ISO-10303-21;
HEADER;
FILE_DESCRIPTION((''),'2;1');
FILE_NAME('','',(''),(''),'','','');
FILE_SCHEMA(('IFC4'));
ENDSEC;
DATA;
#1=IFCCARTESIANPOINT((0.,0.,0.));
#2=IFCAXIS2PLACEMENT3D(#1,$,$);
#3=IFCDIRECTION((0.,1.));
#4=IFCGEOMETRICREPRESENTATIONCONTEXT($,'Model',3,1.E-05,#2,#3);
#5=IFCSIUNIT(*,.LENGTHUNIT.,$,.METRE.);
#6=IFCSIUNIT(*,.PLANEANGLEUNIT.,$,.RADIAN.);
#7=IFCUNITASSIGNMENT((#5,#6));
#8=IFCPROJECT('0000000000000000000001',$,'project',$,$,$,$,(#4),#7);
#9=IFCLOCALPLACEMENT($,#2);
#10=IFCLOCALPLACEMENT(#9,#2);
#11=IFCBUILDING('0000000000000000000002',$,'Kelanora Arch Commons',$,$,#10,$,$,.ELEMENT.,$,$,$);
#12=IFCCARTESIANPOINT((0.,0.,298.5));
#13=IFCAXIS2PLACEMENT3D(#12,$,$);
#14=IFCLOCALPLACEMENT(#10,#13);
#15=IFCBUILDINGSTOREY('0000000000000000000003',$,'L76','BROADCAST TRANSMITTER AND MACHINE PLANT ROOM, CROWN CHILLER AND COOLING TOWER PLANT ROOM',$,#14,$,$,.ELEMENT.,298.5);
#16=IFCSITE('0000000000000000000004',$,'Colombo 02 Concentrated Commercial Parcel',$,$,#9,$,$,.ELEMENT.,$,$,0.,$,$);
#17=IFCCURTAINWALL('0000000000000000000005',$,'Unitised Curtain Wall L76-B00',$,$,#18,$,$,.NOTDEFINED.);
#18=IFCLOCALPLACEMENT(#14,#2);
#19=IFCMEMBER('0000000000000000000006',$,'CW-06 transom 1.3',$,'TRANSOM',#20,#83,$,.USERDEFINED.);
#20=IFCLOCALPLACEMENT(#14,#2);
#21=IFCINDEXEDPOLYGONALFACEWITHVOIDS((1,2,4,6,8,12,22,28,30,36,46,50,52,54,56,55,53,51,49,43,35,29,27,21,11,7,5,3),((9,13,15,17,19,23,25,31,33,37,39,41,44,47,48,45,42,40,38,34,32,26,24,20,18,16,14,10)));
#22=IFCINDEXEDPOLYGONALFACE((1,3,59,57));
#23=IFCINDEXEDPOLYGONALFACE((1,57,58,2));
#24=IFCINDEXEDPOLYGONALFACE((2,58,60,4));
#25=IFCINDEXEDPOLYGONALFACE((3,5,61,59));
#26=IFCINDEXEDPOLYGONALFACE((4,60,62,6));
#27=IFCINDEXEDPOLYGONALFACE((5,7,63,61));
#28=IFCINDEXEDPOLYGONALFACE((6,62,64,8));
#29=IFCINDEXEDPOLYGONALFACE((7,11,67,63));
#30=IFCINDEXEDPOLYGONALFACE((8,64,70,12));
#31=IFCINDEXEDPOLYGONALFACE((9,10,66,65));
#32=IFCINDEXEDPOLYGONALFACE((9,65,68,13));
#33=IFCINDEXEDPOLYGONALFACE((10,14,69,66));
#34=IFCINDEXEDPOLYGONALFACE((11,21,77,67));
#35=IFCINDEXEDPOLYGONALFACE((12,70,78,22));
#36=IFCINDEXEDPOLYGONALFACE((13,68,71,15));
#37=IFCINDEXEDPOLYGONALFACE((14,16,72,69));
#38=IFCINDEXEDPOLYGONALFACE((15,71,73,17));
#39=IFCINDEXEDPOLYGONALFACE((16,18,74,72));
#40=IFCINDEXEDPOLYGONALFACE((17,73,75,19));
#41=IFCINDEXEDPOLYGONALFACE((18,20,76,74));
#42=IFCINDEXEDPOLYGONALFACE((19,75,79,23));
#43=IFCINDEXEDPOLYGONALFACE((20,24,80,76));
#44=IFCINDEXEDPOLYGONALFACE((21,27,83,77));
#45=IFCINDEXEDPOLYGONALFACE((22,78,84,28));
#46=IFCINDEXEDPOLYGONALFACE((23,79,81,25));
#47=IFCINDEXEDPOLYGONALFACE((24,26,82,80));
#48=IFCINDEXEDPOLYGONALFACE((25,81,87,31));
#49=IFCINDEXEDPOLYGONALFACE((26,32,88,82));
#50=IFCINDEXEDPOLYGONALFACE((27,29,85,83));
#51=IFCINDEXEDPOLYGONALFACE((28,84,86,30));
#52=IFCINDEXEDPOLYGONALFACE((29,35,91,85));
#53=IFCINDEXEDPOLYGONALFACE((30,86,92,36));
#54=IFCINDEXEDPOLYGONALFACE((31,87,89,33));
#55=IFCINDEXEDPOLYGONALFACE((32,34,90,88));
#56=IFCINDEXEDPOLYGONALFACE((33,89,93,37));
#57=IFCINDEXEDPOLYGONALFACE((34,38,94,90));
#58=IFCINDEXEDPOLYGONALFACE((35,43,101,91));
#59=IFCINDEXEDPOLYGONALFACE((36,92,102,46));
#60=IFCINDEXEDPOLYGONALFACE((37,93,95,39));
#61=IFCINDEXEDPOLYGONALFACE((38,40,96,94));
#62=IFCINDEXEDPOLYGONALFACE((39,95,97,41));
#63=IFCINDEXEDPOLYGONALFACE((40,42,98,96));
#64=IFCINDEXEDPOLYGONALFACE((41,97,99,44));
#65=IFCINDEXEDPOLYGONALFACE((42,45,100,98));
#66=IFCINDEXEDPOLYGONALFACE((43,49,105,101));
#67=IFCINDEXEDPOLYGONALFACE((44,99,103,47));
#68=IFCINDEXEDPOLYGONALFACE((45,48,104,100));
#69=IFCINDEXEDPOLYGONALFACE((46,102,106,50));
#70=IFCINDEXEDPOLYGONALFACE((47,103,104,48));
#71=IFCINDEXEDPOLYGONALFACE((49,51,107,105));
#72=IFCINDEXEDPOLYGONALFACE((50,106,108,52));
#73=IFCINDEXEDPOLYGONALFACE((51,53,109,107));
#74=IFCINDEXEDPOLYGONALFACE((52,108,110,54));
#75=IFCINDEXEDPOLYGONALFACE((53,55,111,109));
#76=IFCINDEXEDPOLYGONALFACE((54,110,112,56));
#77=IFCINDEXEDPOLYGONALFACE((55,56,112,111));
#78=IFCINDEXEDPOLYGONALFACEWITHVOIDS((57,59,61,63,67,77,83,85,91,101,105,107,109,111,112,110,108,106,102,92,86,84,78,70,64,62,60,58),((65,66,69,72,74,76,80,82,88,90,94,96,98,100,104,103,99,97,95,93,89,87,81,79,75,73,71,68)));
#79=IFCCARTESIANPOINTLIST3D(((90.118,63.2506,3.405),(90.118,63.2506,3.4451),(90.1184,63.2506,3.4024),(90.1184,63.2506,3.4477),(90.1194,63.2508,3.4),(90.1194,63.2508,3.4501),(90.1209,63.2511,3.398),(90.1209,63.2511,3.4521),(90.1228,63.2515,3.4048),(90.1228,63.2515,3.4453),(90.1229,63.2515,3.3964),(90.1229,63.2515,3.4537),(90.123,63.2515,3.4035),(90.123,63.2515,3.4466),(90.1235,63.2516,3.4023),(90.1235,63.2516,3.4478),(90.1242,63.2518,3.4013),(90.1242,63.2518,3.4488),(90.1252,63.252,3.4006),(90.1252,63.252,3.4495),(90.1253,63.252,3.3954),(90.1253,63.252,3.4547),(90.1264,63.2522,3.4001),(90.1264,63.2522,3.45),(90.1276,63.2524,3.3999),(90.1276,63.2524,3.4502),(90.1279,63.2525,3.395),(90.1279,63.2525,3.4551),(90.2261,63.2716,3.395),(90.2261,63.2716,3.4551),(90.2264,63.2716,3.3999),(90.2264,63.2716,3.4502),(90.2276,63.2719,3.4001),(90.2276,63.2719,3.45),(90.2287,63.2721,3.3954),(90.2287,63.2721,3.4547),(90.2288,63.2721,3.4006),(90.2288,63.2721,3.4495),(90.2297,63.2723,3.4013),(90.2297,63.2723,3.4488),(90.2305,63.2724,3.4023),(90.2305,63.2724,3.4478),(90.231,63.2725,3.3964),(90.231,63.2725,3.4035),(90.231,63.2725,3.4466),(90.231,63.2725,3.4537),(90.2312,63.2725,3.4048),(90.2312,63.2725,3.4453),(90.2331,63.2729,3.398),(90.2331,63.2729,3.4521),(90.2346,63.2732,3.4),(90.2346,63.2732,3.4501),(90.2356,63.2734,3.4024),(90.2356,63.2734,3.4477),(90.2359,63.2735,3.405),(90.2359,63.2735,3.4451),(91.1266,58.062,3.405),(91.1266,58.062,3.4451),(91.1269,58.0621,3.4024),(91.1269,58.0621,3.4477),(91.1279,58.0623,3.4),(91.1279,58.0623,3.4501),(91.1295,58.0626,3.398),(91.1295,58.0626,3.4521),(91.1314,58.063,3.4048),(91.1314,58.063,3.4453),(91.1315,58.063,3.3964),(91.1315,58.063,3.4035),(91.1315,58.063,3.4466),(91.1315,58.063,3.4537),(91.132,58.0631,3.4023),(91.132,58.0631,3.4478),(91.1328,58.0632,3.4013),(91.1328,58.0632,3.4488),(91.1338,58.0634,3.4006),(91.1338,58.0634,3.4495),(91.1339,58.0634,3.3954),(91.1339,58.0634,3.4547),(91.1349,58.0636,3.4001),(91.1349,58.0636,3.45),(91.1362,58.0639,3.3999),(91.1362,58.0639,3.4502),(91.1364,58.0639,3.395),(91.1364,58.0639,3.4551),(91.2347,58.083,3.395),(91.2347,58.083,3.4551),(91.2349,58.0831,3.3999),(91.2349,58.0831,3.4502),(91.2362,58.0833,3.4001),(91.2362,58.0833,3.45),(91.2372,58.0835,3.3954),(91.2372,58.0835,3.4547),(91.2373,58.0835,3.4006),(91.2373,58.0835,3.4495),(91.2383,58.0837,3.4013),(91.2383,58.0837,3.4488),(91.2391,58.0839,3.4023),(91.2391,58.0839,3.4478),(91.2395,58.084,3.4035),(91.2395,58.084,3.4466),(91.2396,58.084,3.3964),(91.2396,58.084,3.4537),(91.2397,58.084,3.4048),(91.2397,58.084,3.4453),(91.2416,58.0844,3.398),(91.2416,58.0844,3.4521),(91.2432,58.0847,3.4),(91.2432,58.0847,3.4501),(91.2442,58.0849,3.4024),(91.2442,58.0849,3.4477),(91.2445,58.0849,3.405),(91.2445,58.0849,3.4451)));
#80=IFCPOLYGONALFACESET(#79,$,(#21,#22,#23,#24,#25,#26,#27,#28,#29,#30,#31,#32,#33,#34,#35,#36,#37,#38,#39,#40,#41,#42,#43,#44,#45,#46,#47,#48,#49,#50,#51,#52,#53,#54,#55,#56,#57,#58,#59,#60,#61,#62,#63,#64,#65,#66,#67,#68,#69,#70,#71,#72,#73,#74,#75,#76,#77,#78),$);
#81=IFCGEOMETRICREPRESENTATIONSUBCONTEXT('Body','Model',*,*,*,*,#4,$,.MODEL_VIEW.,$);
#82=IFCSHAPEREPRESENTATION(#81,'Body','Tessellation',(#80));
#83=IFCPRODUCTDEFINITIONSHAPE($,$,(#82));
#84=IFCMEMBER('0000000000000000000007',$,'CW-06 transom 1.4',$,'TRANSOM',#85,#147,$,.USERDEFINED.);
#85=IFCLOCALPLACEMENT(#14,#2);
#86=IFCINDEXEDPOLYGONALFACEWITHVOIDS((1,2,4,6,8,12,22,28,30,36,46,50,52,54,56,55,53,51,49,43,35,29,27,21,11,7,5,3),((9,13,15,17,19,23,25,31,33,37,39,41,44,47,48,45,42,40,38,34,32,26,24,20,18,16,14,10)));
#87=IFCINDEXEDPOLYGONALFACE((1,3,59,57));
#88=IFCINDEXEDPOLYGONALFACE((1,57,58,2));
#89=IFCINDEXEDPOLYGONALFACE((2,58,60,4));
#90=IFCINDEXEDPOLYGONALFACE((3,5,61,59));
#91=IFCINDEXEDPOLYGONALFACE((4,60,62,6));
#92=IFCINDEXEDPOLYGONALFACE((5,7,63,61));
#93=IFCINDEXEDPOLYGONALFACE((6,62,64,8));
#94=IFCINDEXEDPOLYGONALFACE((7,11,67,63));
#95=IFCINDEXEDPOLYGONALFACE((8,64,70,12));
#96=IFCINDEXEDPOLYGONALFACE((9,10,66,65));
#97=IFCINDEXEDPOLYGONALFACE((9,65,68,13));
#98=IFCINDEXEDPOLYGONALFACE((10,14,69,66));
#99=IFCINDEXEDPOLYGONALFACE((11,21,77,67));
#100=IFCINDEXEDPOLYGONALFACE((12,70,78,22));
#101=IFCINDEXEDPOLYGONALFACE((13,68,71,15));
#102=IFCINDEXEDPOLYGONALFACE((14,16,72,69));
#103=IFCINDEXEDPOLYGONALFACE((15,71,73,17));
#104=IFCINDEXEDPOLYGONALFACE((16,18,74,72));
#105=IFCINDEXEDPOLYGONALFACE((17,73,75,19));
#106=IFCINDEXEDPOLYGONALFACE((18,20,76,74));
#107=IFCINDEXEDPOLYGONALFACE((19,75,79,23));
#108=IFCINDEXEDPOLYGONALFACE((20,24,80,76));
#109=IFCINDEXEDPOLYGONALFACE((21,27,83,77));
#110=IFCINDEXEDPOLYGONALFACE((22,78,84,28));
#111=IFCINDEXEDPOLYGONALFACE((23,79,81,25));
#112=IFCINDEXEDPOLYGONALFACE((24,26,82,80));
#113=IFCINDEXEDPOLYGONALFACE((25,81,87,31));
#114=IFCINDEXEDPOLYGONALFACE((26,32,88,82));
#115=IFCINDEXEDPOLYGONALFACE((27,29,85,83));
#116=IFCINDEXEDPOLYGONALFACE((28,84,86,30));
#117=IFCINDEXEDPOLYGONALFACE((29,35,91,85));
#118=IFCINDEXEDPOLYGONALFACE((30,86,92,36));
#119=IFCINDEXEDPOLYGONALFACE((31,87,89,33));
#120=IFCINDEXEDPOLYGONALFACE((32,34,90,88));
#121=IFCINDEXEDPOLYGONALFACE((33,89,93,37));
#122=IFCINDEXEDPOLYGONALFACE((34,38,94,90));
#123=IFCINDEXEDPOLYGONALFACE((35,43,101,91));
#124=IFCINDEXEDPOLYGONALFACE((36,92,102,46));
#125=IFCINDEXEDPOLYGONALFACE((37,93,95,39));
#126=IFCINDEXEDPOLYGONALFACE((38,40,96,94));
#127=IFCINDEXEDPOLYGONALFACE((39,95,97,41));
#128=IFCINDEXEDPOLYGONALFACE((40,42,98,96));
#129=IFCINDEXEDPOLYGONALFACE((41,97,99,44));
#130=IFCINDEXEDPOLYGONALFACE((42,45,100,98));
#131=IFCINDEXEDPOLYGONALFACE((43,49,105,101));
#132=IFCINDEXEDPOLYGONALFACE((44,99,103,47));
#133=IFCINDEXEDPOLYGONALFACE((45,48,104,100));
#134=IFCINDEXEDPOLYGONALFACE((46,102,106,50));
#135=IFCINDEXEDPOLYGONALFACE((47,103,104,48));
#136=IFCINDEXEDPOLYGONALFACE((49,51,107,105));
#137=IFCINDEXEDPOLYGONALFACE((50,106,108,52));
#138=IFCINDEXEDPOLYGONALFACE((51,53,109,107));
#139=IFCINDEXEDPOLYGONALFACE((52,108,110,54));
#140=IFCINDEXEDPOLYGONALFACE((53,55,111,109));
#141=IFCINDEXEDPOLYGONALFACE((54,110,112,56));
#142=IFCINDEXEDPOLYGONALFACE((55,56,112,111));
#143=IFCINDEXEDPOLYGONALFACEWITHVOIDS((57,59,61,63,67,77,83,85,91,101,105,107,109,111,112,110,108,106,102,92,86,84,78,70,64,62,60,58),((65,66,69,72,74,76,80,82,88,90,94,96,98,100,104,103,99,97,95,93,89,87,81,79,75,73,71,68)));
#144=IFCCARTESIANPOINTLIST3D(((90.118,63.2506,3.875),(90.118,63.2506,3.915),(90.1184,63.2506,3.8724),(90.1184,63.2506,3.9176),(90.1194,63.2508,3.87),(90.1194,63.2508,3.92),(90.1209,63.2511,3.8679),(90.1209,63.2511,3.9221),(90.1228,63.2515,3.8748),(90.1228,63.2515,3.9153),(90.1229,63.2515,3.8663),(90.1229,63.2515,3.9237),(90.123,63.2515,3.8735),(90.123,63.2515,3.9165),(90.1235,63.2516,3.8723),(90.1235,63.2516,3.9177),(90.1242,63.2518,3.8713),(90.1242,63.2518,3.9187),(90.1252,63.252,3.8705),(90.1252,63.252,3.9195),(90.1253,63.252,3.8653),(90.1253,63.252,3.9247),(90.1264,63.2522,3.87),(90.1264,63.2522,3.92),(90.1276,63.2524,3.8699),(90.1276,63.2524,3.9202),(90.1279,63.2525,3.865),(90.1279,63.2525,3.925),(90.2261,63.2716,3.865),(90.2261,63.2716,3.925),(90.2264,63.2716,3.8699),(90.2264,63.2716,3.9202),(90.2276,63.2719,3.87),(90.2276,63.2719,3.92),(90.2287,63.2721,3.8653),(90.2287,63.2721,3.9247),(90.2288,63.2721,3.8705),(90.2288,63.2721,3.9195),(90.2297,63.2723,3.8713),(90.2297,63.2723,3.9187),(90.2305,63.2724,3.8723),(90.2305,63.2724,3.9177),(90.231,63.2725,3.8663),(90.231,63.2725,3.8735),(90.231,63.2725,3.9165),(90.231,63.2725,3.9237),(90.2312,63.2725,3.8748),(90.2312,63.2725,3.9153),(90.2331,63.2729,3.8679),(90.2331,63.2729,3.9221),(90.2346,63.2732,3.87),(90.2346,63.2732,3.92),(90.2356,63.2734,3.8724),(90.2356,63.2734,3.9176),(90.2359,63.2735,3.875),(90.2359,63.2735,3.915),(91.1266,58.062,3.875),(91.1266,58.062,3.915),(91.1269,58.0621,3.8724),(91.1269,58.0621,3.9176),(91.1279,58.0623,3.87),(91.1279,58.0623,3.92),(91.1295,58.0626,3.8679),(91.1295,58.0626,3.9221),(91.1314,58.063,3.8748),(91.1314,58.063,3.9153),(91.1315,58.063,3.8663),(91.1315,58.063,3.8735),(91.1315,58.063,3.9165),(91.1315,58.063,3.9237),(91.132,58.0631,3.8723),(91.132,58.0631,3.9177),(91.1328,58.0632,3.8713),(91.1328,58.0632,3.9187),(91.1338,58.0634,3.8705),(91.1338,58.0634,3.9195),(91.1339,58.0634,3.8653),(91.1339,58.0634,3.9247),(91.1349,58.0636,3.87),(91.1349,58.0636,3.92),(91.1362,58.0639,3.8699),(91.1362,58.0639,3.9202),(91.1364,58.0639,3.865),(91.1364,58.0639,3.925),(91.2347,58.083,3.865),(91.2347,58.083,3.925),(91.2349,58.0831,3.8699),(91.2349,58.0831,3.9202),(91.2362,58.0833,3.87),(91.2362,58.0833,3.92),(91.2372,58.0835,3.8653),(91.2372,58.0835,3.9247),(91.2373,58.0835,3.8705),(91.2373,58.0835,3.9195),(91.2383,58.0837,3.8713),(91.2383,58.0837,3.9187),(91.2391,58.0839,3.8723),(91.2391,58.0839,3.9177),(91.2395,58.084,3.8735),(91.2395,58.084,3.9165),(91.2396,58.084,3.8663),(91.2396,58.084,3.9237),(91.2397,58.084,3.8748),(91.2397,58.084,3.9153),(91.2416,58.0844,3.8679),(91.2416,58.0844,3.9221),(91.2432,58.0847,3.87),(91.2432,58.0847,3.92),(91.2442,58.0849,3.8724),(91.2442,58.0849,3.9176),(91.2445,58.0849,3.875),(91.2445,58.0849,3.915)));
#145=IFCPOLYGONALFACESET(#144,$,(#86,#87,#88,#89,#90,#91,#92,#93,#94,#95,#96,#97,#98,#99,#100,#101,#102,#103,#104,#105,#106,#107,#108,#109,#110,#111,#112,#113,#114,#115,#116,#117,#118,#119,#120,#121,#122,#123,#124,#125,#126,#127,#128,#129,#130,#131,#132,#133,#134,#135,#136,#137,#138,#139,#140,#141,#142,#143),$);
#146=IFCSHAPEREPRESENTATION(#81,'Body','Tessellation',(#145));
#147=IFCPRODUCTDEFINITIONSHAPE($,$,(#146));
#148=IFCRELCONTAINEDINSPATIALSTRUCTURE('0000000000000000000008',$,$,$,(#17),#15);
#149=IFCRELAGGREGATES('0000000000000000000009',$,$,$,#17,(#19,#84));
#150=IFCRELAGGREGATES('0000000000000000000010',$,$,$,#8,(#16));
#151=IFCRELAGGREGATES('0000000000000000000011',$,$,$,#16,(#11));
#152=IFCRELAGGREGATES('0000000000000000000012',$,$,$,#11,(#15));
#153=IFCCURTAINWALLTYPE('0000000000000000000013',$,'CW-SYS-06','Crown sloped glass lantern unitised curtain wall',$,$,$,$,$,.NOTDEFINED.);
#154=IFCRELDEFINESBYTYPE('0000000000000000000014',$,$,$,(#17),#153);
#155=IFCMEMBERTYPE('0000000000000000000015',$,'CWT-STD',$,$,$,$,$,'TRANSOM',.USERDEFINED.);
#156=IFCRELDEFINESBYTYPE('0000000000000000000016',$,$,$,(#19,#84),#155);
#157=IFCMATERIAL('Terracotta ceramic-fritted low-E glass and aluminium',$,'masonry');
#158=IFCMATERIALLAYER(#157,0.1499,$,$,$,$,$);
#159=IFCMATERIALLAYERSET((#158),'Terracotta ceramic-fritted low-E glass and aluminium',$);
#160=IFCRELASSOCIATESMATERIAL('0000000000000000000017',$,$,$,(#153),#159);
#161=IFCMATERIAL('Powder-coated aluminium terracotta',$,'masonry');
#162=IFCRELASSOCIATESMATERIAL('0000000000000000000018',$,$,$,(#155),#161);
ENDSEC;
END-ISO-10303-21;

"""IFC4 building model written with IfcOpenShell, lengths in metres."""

from ifc_helpers import new_model, si_unit, direction, frame, origin, origin_2d, place, context, subcontext, project, spatial, hollow_rectangle, extrude, material, layer, layer_set, material_profile, profile_set, type_object, element, aggregate, save


model = new_model("IFC4")

# Units and contexts
model_context = context("Model", 3, precision=1e-05, world=origin(), true_north=direction((0.0, 1.0)))
body_context = subcontext(model_context, "Body", "Model", "MODEL_VIEW")
ifc_project = project(units=[si_unit("LENGTHUNIT", "METRE"), si_unit("PLANEANGLEUNIT", "RADIAN")], contexts=[model_context])

# Site, building, storey
site_placement = place(None, origin())
site = spatial("IfcSite", under=ifc_project, at=site_placement, Name="Colombo 02 Concentrated Commercial Parcel", CompositionType="ELEMENT", RefElevation=0.0)
building_placement = place(site_placement, origin())
building = spatial("IfcBuilding", under=site, at=building_placement, Name="Kelanora Arch Commons", CompositionType="ELEMENT")
storey_placement = place(building_placement, frame((0.0, 0.0, 298.5)))
storey = spatial("IfcBuildingStorey", under=building, at=storey_placement, Name="L76", Description="BROADCAST TRANSMITTER AND MACHINE PLANT ROOM, CROWN CHILLER AND COOLING TOWER PLANT ROOM", CompositionType="ELEMENT", Elevation=298.5)

# Curtain wall
ifc_material_1 = material(Name="Terracotta ceramic-fritted low-E glass and aluminium", Category="masonry")
ifc_layer_1 = layer(ifc_material_1, 0.1499)
ifc_layer_set_1 = layer_set([ifc_layer_1], Name="Terracotta ceramic-fritted low-E glass and aluminium")
curtain_wall_type = type_object("IfcCurtainWallType", Name="CW-SYS-06", Description="Crown sloped glass lantern unitised curtain wall", PredefinedType="NOTDEFINED", material=ifc_layer_set_1)
curtain_wall_1_placement = place(storey_placement, origin())
curtain_wall_1 = element("IfcCurtainWall", 1, at=curtain_wall_1_placement, inside=storey, type_object=curtain_wall_type, Name="Unitised Curtain Wall L76-B00", PredefinedType="NOTDEFINED")
ifc_material_2 = material(Name="Powder-coated aluminium terracotta", Category="masonry")

# Members
ifc_material_profile_1 = material_profile(ifc_material_2, hollow_rectangle(XDim=0.1201, YDim=0.0601, WallThickness=0.0049, InnerFilletRadius=0.0049, OuterFilletRadius=0.01, at=origin_2d()), Name="CWT120x60")
ifc_profile_set_1 = profile_set([ifc_material_profile_1], Name="Powder-coated aluminium terracotta")
member_type_1 = type_object("IfcMemberType", Name="CWT-STD", ElementType="TRANSOM", PredefinedType="USERDEFINED", material=ifc_profile_set_1)
member_1_placement = place(storey_placement, frame((91.1855, 58.0735, 3.425), z_axis=(-0.19081, 0.981627, 0.0), x_axis=(-0.981627, -0.19081, 0.0)))
member_1 = element("IfcMember", 2, at=member_1_placement, type_object=member_type_1, Name="CW-06 transom 1.3", ObjectType="TRANSOM", PredefinedType="USERDEFINED", context=body_context, shape_type="SweptSolid", body=[
    extrude(hollow_rectangle(XDim=0.1201, YDim=0.0601, WallThickness=0.0049, InnerFilletRadius=0.0049, OuterFilletRadius=0.01, at=origin_2d()), origin(), (0.0, 0.0, 1.0), 5.2856),
])
member_2_placement = place(storey_placement, frame((91.1855, 58.0735, 3.895), z_axis=(-0.19081, 0.981627, 0.0), x_axis=(-0.981627, -0.19081, 0.0)))
member_2 = element("IfcMember", 3, at=member_2_placement, type_object=member_type_1, Name="CW-06 transom 1.4", ObjectType="TRANSOM", PredefinedType="USERDEFINED", context=body_context, shape_type="SweptSolid", body=[
    extrude(hollow_rectangle(XDim=0.1201, YDim=0.0601, WallThickness=0.0049, InnerFilletRadius=0.0049, OuterFilletRadius=0.01, at=origin_2d()), origin(), (0.0, 0.0, 1.0), 5.2856),
])

aggregate(curtain_wall_1, [member_1, member_2])

save(model, "model.ifc")
